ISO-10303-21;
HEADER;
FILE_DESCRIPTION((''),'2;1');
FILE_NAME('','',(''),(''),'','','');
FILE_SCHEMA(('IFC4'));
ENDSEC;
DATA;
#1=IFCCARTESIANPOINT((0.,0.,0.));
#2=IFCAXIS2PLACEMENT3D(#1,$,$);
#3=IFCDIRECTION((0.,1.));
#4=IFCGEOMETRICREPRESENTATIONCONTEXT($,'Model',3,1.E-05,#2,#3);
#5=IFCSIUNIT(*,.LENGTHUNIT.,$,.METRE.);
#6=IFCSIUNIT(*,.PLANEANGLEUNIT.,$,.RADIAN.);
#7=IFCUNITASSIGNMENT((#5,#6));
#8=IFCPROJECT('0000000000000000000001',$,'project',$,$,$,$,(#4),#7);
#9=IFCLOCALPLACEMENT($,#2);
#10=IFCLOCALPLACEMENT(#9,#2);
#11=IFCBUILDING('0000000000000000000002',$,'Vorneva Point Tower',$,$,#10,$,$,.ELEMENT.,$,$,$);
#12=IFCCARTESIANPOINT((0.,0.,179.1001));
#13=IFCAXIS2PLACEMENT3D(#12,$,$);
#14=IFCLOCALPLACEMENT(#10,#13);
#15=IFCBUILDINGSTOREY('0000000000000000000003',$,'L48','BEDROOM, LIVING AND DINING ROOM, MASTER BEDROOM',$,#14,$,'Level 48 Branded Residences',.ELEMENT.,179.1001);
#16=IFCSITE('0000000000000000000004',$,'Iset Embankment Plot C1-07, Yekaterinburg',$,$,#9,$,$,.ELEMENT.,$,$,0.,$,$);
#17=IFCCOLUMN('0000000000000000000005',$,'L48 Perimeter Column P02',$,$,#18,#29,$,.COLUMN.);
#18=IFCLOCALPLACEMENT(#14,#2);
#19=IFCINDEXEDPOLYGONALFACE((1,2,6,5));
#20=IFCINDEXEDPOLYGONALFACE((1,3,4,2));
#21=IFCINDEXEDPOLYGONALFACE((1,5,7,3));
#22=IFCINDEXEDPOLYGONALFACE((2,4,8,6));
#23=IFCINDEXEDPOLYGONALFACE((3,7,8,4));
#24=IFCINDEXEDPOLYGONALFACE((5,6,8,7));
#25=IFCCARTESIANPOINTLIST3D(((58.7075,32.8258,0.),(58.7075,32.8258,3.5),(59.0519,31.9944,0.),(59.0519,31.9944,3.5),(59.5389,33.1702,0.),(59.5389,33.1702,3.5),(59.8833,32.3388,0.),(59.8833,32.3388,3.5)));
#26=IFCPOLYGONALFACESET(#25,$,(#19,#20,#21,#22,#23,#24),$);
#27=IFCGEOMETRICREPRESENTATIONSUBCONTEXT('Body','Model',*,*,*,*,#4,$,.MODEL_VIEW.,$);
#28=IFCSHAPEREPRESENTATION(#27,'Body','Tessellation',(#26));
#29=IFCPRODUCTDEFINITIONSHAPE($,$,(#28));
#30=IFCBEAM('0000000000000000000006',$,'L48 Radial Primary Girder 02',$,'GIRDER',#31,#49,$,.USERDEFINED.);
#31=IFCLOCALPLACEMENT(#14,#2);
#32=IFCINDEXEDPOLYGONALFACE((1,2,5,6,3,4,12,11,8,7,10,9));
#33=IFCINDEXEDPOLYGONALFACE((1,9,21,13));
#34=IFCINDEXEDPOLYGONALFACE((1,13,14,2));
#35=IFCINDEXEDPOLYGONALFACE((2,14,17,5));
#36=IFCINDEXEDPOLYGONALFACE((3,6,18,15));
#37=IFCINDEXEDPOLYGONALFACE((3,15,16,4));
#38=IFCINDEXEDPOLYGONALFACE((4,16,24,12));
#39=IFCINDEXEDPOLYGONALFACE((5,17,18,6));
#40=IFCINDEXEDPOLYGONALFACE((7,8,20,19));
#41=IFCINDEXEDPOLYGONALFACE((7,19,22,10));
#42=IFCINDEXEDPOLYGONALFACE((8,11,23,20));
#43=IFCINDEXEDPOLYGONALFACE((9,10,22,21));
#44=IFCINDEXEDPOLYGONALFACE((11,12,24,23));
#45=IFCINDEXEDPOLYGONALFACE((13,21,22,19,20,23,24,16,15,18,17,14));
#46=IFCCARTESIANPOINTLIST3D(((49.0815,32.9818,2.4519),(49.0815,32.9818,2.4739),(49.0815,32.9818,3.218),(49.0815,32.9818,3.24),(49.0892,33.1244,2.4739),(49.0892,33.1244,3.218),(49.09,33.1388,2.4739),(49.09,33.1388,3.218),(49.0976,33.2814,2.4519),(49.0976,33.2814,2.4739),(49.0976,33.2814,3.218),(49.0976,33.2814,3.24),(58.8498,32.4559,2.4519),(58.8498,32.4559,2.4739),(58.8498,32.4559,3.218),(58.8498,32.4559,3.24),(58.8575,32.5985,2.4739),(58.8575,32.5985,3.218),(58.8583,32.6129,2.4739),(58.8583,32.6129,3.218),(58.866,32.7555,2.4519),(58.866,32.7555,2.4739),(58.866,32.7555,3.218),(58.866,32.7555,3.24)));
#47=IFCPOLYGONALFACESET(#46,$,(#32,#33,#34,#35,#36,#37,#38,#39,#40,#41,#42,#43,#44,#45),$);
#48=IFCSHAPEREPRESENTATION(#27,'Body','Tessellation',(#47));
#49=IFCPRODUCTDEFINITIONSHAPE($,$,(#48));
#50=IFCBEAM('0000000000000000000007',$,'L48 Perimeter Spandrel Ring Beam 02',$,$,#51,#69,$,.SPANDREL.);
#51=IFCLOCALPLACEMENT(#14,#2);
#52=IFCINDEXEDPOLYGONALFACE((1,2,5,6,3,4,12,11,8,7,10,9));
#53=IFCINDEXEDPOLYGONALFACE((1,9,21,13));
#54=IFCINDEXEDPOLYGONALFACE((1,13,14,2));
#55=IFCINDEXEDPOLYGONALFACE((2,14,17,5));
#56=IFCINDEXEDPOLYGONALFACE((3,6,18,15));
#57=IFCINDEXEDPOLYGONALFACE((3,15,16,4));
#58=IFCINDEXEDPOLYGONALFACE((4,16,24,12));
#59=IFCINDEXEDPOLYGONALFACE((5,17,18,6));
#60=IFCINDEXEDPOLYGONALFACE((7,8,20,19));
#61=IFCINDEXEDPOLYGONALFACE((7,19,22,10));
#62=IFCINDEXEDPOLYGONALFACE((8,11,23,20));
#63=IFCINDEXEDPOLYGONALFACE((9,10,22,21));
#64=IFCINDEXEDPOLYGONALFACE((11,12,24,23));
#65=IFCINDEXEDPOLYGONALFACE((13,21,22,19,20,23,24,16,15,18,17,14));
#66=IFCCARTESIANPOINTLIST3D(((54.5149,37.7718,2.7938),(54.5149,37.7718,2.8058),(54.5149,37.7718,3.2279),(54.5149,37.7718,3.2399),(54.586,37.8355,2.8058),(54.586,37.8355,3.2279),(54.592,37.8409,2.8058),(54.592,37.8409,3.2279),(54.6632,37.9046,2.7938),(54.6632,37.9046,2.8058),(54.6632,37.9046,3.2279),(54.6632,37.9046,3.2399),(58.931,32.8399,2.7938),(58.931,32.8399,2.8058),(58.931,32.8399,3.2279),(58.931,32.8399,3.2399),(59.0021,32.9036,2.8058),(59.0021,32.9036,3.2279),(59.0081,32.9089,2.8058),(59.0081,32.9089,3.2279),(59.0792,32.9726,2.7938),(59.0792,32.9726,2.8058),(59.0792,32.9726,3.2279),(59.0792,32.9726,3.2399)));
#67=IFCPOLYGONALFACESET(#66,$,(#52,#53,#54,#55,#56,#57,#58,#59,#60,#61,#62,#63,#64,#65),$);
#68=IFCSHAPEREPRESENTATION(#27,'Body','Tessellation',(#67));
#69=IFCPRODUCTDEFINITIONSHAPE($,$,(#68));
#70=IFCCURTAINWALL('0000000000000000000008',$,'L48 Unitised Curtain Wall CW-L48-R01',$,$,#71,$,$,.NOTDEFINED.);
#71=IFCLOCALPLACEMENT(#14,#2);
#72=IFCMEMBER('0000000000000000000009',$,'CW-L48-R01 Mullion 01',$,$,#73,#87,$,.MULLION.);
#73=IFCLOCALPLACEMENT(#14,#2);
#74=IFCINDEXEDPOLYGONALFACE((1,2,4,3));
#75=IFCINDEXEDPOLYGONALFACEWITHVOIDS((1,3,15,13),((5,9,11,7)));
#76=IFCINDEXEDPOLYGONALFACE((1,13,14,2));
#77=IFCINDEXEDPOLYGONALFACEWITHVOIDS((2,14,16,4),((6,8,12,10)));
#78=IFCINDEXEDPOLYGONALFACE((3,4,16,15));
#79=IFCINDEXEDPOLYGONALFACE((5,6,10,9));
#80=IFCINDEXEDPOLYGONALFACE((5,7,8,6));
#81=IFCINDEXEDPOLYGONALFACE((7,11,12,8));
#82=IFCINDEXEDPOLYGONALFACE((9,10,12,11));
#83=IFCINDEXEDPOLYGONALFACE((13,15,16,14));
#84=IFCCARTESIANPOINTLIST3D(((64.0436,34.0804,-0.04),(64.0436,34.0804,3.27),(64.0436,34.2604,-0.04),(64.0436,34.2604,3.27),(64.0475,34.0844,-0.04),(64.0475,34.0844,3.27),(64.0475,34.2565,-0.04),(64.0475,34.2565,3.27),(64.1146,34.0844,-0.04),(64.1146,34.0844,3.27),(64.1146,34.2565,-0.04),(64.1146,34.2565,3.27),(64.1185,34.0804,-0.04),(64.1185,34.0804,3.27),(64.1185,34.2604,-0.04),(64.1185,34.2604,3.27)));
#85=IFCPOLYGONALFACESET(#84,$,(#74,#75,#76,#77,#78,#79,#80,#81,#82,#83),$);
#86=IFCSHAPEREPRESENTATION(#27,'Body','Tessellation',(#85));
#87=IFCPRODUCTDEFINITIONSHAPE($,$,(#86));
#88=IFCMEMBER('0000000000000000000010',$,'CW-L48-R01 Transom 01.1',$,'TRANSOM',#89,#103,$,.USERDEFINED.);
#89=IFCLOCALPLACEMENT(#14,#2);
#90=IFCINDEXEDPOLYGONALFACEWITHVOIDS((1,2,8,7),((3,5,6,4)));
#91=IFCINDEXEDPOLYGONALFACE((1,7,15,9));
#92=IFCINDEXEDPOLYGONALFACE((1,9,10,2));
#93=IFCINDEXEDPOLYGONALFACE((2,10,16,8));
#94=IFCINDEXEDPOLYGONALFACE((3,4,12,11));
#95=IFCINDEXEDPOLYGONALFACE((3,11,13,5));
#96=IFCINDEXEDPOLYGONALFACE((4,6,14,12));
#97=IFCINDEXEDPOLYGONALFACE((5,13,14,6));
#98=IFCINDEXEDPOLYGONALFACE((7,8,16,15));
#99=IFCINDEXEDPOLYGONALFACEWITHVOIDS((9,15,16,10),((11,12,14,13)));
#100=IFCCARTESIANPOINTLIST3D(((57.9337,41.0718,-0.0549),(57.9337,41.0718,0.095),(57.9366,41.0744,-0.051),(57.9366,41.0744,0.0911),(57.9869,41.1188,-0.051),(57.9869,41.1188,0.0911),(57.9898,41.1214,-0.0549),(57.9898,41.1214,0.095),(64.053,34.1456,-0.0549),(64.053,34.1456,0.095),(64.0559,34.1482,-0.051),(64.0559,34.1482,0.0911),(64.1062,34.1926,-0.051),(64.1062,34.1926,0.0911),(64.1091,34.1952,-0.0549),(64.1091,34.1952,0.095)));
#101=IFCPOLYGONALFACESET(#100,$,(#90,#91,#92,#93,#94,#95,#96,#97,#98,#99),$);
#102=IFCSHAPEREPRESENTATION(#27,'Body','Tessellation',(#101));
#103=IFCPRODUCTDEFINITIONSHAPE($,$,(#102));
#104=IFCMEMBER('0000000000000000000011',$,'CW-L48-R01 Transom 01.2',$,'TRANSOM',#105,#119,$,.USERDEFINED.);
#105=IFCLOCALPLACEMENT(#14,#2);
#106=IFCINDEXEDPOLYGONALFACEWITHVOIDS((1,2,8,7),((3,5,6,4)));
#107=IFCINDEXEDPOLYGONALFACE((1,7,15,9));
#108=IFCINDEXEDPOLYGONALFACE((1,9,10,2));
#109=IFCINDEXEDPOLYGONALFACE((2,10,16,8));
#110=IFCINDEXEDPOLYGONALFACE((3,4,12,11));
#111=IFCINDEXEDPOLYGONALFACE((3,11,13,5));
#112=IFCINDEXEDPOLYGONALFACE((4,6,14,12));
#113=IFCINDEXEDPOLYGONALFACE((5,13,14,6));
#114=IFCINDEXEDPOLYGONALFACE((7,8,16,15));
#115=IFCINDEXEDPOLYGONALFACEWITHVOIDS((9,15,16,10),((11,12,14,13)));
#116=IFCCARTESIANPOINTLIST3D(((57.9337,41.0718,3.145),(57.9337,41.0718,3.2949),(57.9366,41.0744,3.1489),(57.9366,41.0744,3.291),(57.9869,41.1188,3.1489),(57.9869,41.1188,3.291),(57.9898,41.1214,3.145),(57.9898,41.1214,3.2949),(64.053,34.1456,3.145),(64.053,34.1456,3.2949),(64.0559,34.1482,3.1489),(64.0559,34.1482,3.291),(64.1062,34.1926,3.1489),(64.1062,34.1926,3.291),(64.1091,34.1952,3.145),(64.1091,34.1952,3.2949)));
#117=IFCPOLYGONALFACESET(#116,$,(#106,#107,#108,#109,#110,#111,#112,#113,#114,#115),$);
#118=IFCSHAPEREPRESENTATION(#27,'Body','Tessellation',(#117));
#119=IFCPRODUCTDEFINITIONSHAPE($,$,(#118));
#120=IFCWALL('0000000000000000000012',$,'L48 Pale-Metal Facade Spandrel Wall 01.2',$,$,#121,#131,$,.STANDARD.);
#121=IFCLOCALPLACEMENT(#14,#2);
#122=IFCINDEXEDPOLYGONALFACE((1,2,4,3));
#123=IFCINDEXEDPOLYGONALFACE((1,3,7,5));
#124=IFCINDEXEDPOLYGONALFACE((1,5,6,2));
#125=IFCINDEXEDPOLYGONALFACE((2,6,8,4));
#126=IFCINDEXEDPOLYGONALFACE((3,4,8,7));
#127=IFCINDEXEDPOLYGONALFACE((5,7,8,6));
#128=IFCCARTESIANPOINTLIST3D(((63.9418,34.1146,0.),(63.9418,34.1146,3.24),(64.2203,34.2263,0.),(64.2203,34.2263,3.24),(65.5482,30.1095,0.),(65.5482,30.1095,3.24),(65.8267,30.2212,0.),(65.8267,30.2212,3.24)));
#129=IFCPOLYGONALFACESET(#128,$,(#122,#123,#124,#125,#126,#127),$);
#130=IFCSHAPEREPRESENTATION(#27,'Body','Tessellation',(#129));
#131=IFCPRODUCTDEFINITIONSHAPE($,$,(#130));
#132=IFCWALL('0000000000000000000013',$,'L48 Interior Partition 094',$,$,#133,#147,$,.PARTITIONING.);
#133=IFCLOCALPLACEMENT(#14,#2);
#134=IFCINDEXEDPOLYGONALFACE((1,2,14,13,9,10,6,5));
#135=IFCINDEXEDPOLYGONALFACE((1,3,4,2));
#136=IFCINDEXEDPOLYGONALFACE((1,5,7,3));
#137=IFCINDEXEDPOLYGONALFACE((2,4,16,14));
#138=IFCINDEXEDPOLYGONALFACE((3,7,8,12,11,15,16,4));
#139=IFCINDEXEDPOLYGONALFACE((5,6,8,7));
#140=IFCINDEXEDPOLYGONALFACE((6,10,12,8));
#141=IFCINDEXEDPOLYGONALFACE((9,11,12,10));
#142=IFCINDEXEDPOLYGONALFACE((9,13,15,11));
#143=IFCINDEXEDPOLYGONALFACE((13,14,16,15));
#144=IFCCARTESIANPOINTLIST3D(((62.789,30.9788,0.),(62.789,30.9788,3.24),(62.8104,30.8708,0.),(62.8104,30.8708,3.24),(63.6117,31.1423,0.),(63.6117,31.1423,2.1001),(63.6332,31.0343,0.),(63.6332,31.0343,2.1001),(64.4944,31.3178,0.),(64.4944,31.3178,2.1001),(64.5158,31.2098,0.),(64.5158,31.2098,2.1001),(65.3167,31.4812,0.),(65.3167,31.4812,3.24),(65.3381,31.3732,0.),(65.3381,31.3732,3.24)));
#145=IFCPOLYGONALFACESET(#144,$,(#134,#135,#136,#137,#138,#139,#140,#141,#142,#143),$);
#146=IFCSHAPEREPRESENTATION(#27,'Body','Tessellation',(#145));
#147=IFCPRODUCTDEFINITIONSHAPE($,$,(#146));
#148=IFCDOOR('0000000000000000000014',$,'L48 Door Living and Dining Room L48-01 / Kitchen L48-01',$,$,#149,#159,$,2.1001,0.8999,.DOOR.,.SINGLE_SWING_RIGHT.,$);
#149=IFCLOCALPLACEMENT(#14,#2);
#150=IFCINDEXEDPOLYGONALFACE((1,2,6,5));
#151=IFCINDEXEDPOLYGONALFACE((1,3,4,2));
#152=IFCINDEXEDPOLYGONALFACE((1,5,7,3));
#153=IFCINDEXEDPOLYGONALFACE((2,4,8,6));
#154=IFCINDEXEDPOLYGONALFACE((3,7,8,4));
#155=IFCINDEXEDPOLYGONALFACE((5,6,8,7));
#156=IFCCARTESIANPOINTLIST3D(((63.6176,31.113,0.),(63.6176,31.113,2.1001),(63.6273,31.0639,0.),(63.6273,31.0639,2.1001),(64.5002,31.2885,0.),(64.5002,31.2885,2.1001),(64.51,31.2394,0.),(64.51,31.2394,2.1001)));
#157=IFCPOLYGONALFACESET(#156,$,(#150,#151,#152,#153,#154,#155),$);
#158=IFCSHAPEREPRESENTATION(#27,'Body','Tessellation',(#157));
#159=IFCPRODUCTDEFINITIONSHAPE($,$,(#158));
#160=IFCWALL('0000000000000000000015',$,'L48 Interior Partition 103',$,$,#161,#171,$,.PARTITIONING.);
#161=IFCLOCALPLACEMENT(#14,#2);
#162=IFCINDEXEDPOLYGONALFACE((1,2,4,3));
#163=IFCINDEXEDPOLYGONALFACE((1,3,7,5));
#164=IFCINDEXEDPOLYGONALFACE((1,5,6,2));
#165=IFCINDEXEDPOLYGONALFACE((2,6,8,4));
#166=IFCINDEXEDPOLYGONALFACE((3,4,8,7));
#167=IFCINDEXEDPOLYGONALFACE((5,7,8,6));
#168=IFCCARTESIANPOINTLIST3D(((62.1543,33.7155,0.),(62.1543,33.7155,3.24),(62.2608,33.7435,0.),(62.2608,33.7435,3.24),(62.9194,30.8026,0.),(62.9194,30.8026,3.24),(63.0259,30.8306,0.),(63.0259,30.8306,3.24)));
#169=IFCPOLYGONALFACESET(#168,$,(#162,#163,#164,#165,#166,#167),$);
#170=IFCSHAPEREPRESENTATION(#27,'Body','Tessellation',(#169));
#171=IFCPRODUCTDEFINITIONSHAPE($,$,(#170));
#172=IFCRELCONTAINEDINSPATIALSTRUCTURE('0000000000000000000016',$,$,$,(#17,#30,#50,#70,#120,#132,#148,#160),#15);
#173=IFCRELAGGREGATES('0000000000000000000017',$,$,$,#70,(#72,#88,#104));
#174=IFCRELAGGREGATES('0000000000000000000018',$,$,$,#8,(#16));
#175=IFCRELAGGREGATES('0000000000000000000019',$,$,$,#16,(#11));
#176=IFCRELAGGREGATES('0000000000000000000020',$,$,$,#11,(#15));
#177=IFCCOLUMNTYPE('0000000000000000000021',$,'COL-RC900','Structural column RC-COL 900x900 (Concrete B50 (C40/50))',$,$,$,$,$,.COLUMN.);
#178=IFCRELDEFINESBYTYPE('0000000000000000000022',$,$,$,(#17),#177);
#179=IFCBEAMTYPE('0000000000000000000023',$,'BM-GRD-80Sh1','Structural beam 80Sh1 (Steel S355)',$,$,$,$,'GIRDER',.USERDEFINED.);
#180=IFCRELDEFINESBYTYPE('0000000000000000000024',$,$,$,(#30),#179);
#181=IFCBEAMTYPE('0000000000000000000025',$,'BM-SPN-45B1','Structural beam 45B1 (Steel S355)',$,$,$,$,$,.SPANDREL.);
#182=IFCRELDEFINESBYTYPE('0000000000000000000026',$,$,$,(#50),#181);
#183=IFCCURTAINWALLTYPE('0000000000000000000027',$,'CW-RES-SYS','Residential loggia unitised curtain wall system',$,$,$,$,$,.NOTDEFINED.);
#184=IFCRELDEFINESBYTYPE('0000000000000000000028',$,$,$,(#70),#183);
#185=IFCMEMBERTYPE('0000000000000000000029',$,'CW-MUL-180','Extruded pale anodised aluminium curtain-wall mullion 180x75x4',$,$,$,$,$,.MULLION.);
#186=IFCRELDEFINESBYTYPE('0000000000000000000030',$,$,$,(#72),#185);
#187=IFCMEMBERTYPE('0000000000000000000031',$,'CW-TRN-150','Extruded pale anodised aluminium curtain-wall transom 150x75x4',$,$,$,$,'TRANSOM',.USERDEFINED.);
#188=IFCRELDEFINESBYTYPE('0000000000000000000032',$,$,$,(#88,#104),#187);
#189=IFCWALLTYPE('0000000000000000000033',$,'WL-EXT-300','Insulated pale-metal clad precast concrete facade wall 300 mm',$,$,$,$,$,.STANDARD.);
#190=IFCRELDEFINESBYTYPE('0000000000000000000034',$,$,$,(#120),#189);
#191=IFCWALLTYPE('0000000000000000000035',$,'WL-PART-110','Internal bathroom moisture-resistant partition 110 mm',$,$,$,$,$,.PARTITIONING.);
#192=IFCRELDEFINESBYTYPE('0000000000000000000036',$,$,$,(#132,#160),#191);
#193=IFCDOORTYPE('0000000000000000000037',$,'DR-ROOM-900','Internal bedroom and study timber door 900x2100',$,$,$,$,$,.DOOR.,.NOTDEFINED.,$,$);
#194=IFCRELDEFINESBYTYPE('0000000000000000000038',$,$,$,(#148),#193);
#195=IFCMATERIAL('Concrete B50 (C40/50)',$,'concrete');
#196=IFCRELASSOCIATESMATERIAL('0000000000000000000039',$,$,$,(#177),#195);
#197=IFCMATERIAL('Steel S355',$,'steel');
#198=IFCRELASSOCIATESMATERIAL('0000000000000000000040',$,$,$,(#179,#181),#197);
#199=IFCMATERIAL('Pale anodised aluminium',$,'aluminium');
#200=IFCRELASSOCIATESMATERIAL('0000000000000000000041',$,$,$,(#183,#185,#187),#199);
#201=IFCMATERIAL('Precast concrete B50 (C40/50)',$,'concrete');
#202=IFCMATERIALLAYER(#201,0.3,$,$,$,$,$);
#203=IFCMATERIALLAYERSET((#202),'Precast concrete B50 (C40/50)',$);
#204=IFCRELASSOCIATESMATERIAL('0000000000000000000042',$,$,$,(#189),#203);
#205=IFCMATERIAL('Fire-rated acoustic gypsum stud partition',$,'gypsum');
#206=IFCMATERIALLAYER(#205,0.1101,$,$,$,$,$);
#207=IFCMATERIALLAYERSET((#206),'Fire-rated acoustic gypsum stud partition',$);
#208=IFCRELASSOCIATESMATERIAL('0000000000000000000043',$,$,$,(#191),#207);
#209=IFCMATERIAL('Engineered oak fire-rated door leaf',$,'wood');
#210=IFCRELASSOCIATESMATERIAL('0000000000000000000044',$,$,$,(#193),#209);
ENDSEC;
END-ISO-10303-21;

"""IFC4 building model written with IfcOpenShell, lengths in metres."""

from ifc_helpers import new_model, si_unit, direction, frame, frame_2d, origin, origin_2d, place, context, subcontext, project, spatial, rectangle, hollow_rectangle, i_section, extrude, material, layer, layer_set, material_profile, profile_set, type_object, element, fill, aggregate, save


model = new_model("IFC4")

# Units and contexts
model_context = context("Model", 3, precision=1e-05, world=origin(), true_north=direction((0.0, 1.0)))
body_context = subcontext(model_context, "Body", "Model", "MODEL_VIEW")
ifc_project = project(units=[si_unit("LENGTHUNIT", "METRE"), si_unit("PLANEANGLEUNIT", "RADIAN")], contexts=[model_context])

# Site, building, storey
site_placement = place(None, origin())
site = spatial("IfcSite", under=ifc_project, at=site_placement, Name="Iset Embankment Plot C1-07, Yekaterinburg", CompositionType="ELEMENT", RefElevation=0.0)
building_placement = place(site_placement, origin())
building = spatial("IfcBuilding", under=site, at=building_placement, Name="Vorneva Point Tower", CompositionType="ELEMENT")
storey_placement = place(building_placement, frame((0.0, 0.0, 179.1001)))
storey = spatial("IfcBuildingStorey", under=building, at=storey_placement, Name="L48", Description="BEDROOM, LIVING AND DINING ROOM, MASTER BEDROOM", LongName="Level 48 Branded Residences", CompositionType="ELEMENT", Elevation=179.1001)

# Column
ifc_material_1 = material(Name="Concrete B50 (C40/50)", Category="concrete")
ifc_material_profile_1 = material_profile(ifc_material_1, rectangle(XDim=0.8999, YDim=0.8999, at=origin_2d()), Name="RC-COL 900x900")
ifc_profile_set_1 = profile_set([ifc_material_profile_1], Name="Concrete B50 (C40/50)")
column_type = type_object("IfcColumnType", Name="COL-RC900", Description="Structural column RC-COL 900x900 (Concrete B50 (C40/50))", PredefinedType="COLUMN", material=ifc_profile_set_1)
column_placement = place(storey_placement, frame((59.2954, 32.5823, 0.0), z_axis=(0.0, 0.0, 1.0), x_axis=(0.92388, 0.382683, 0.0)))
element("IfcColumn", 1, at=column_placement, inside=storey, type_object=column_type, Name="L48 Perimeter Column P02", PredefinedType="COLUMN", context=body_context, shape_type="SweptSolid", body=[
    extrude(rectangle(XDim=0.8999, YDim=0.8999, at=origin_2d()), origin(), (0.0, 0.0, 1.0), 3.5),
])

# Beams
ifc_material_2 = material(Name="Steel S355", Category="steel")
ifc_material_profile_2 = material_profile(ifc_material_2, i_section(OverallWidth=0.3, OverallDepth=0.7881, WebThickness=0.0144, FlangeThickness=0.022, at=origin_2d()), Name="80Sh1")
ifc_profile_set_2 = profile_set([ifc_material_profile_2], Name="Steel S355")
beam_type_1 = type_object("IfcBeamType", Name="BM-GRD-80Sh1", Description="Structural beam 80Sh1 (Steel S355)", ElementType="GIRDER", PredefinedType="USERDEFINED", material=ifc_profile_set_2)
beam_1_placement = place(storey_placement, frame((58.8579, 32.6057, 2.8459), z_axis=(-0.998554, 0.053757, 0.0), x_axis=(-0.053757, -0.998554, 0.0)))
element("IfcBeam", 2, at=beam_1_placement, inside=storey, type_object=beam_type_1, Name="L48 Radial Primary Girder 02", ObjectType="GIRDER", PredefinedType="USERDEFINED", context=body_context, shape_type="SweptSolid", body=[
    extrude(i_section(OverallWidth=0.3, OverallDepth=0.7881, WebThickness=0.0144, FlangeThickness=0.022, at=origin_2d()), origin(), (0.0, 0.0, 1.0), 9.7825),
])
ifc_material_profile_3 = material_profile(ifc_material_2, i_section(OverallWidth=0.199, OverallDepth=0.446, WebThickness=0.0081, FlangeThickness=0.012, at=origin_2d()), Name="45B1")
ifc_profile_set_3 = profile_set([ifc_material_profile_3], Name="Steel S355")
beam_type_2 = type_object("IfcBeamType", Name="BM-SPN-45B1", Description="Structural beam 45B1 (Steel S355)", PredefinedType="SPANDREL", material=ifc_profile_set_3)
beam_2_placement = place(storey_placement, frame((59.0051, 32.9062, 3.0168), z_axis=(-0.66707, 0.744995, 0.0), x_axis=(-0.744995, -0.66707, 0.0)))
element("IfcBeam", 3, at=beam_2_placement, inside=storey, type_object=beam_type_2, Name="L48 Perimeter Spandrel Ring Beam 02", PredefinedType="SPANDREL", context=body_context, shape_type="SweptSolid", body=[
    extrude(i_section(OverallWidth=0.199, OverallDepth=0.446, WebThickness=0.0081, FlangeThickness=0.012, at=origin_2d()), origin(), (0.0, 0.0, 1.0), 6.6201),
])

# Curtain wall, members
ifc_material_3 = material(Name="Pale anodised aluminium", Category="aluminium")
curtain_wall_type = type_object("IfcCurtainWallType", Name="CW-RES-SYS", Description="Residential loggia unitised curtain wall system", PredefinedType="NOTDEFINED", material=ifc_material_3)
curtain_wall_placement = place(storey_placement, origin())
curtain_wall = element("IfcCurtainWall", 4, at=curtain_wall_placement, inside=storey, type_object=curtain_wall_type, Name="L48 Unitised Curtain Wall CW-L48-R01", PredefinedType="NOTDEFINED")
ifc_material_profile_4 = material_profile(ifc_material_3, hollow_rectangle(XDim=0.075, YDim=0.1799, WallThickness=0.0039, at=origin_2d()), Name="AL-MUL 180x75x4")
ifc_profile_set_4 = profile_set([ifc_material_profile_4], Name="Pale anodised aluminium")
member_type_1 = type_object("IfcMemberType", Name="CW-MUL-180", Description="Extruded pale anodised aluminium curtain-wall mullion 180x75x4", PredefinedType="MULLION", material=ifc_profile_set_4)
member_1_placement = place(storey_placement, frame((64.0811, 34.1704, -0.04), z_axis=(0.0, 0.0, 1.0), x_axis=(1.0, 0.0, 0.0)))
member_1 = element("IfcMember", 5, at=member_1_placement, type_object=member_type_1, Name="CW-L48-R01 Mullion 01", PredefinedType="MULLION", context=body_context, shape_type="SweptSolid", body=[
    extrude(hollow_rectangle(XDim=0.075, YDim=0.1799, WallThickness=0.0039, at=origin_2d()), origin(), (0.0, 0.0, 1.0), 3.3101),
])
ifc_material_profile_5 = material_profile(ifc_material_3, hollow_rectangle(XDim=0.075, YDim=0.1499, WallThickness=0.0039, at=origin_2d()), Name="AL-TRN 150x75x4")
ifc_profile_set_5 = profile_set([ifc_material_profile_5], Name="Pale anodised aluminium")
member_type_2 = type_object("IfcMemberType", Name="CW-TRN-150", Description="Extruded pale anodised aluminium curtain-wall transom 150x75x4", ElementType="TRANSOM", PredefinedType="USERDEFINED", material=ifc_profile_set_5)
member_2_placement = place(storey_placement, frame((64.0811, 34.1704, 0.02), z_axis=(-0.662106, 0.74941, 0.0), x_axis=(-0.74941, -0.662106, 0.0)))
member_2 = element("IfcMember", 6, at=member_2_placement, type_object=member_type_2, Name="CW-L48-R01 Transom 01.1", ObjectType="TRANSOM", PredefinedType="USERDEFINED", context=body_context, shape_type="SweptSolid", body=[
    extrude(hollow_rectangle(XDim=0.075, YDim=0.1499, WallThickness=0.0039, at=origin_2d()), origin(), (0.0, 0.0, 1.0), 9.2422),
])
member_3_placement = place(storey_placement, frame((64.0811, 34.1704, 3.22), z_axis=(-0.662106, 0.74941, 0.0), x_axis=(-0.74941, -0.662106, 0.0)))
member_3 = element("IfcMember", 7, at=member_3_placement, type_object=member_type_2, Name="CW-L48-R01 Transom 01.2", ObjectType="TRANSOM", PredefinedType="USERDEFINED", context=body_context, shape_type="SweptSolid", body=[
    extrude(hollow_rectangle(XDim=0.075, YDim=0.1499, WallThickness=0.0039, at=origin_2d()), origin(), (0.0, 0.0, 1.0), 9.2422),
])
aggregate(curtain_wall, [member_1, member_2, member_3])

# Wall
ifc_material_4 = material(Name="Precast concrete B50 (C40/50)", Category="concrete")
ifc_layer_1 = layer(ifc_material_4, 0.3)
ifc_layer_set_1 = layer_set([ifc_layer_1], Name="Precast concrete B50 (C40/50)")
wall_type_1 = type_object("IfcWallType", Name="WL-EXT-300", Description="Insulated pale-metal clad precast concrete facade wall 300 mm", PredefinedType="STANDARD", material=ifc_layer_set_1)
wall_1_placement = place(storey_placement, frame((65.6875, 30.1653, 0.0), z_axis=(0.0, 0.0, 1.0), x_axis=(-0.372268, 0.928125, 0.0)))
element("IfcWall", 8, at=wall_1_placement, inside=storey, type_object=wall_type_1, Name="L48 Pale-Metal Facade Spandrel Wall 01.2", PredefinedType="STANDARD", context=body_context, shape_type="SweptSolid", body=[
    extrude(rectangle(XDim=4.3152, YDim=0.3, at=frame_2d((2.1577, 0.0))), origin(), (0.0, 0.0, 1.0), 3.24),
])

# Wall, opening, door
ifc_material_5 = material(Name="Fire-rated acoustic gypsum stud partition", Category="gypsum")
ifc_layer_2 = layer(ifc_material_5, 0.1101)
ifc_layer_set_2 = layer_set([ifc_layer_2], Name="Fire-rated acoustic gypsum stud partition")
wall_type_2 = type_object("IfcWallType", Name="WL-PART-110", Description="Internal bathroom moisture-resistant partition 110 mm", PredefinedType="PARTITIONING", material=ifc_layer_set_2)
wall_2_placement = place(storey_placement, frame((65.3274, 31.4272, 0.0), z_axis=(0.0, 0.0, 1.0), x_axis=(-0.98081, -0.194968, 0.0)))
wall_2 = element("IfcWall", 9, at=wall_2_placement, inside=storey, type_object=wall_type_2, Name="L48 Interior Partition 094", PredefinedType="PARTITIONING", context=body_context, shape_type="SweptSolid", body=[
    extrude(rectangle(XDim=2.5771, YDim=0.1101, at=frame_2d((1.2886, 0.0))), origin(), (0.0, 0.0, 1.0), 3.24),
])
opening_1_placement = place(wall_2_placement, frame((0.8384, 0.0, 0.0)))
opening_1 = element("IfcOpeningElement", 10, at=opening_1_placement, cuts=wall_2, PredefinedType="OPENING", context=body_context, shape_type="SweptSolid", body=[
    extrude(rectangle(XDim=0.8999, YDim=2.1001, at=frame_2d((0.45, 1.05))), frame((0.0, 0.0698, 0.0), z_axis=(0.0, -1.0, 0.0), x_axis=(1.0, 0.0, 0.0)), (0.0, 0.0, 1.0), 0.1399),
])
ifc_material_6 = material(Name="Engineered oak fire-rated door leaf", Category="wood")
door_type_1 = type_object("IfcDoorType", Name="DR-ROOM-900", Description="Internal bedroom and study timber door 900x2100", OperationType="NOTDEFINED", PredefinedType="DOOR", material=ifc_material_6)
door_1_placement = place(opening_1_placement, origin())
door_1 = element("IfcDoor", 11, at=door_1_placement, inside=storey, type_object=door_type_1, Name="L48 Door Living and Dining Room L48-01 / Kitchen L48-01", OperationType="SINGLE_SWING_RIGHT", OverallHeight=2.1001, OverallWidth=0.8999, PredefinedType="DOOR", context=body_context, shape_type="SweptSolid", body=[
    extrude(rectangle(XDim=0.8999, YDim=2.1001, at=frame_2d((0.45, 1.05))), frame((0.0, 0.0249, 0.0), z_axis=(0.0, -1.0, 0.0), x_axis=(1.0, 0.0, 0.0)), (0.0, 0.0, 1.0), 0.05),
])
fill(opening_1, door_1)

# Wall
wall_3_placement = place(storey_placement, frame((62.2075, 33.7295, 0.0), z_axis=(0.0, 0.0, 1.0), x_axis=(0.254058, -0.967189, 0.0)))
element("IfcWall", 12, at=wall_3_placement, inside=storey, type_object=wall_type_2, Name="L48 Interior Partition 103", PredefinedType="PARTITIONING", context=body_context, shape_type="SweptSolid", body=[
    extrude(rectangle(XDim=3.0117, YDim=0.1101, at=frame_2d((1.5059, 0.0))), origin(), (0.0, 0.0, 1.0), 3.24),
])

save(model, "model.ifc")
